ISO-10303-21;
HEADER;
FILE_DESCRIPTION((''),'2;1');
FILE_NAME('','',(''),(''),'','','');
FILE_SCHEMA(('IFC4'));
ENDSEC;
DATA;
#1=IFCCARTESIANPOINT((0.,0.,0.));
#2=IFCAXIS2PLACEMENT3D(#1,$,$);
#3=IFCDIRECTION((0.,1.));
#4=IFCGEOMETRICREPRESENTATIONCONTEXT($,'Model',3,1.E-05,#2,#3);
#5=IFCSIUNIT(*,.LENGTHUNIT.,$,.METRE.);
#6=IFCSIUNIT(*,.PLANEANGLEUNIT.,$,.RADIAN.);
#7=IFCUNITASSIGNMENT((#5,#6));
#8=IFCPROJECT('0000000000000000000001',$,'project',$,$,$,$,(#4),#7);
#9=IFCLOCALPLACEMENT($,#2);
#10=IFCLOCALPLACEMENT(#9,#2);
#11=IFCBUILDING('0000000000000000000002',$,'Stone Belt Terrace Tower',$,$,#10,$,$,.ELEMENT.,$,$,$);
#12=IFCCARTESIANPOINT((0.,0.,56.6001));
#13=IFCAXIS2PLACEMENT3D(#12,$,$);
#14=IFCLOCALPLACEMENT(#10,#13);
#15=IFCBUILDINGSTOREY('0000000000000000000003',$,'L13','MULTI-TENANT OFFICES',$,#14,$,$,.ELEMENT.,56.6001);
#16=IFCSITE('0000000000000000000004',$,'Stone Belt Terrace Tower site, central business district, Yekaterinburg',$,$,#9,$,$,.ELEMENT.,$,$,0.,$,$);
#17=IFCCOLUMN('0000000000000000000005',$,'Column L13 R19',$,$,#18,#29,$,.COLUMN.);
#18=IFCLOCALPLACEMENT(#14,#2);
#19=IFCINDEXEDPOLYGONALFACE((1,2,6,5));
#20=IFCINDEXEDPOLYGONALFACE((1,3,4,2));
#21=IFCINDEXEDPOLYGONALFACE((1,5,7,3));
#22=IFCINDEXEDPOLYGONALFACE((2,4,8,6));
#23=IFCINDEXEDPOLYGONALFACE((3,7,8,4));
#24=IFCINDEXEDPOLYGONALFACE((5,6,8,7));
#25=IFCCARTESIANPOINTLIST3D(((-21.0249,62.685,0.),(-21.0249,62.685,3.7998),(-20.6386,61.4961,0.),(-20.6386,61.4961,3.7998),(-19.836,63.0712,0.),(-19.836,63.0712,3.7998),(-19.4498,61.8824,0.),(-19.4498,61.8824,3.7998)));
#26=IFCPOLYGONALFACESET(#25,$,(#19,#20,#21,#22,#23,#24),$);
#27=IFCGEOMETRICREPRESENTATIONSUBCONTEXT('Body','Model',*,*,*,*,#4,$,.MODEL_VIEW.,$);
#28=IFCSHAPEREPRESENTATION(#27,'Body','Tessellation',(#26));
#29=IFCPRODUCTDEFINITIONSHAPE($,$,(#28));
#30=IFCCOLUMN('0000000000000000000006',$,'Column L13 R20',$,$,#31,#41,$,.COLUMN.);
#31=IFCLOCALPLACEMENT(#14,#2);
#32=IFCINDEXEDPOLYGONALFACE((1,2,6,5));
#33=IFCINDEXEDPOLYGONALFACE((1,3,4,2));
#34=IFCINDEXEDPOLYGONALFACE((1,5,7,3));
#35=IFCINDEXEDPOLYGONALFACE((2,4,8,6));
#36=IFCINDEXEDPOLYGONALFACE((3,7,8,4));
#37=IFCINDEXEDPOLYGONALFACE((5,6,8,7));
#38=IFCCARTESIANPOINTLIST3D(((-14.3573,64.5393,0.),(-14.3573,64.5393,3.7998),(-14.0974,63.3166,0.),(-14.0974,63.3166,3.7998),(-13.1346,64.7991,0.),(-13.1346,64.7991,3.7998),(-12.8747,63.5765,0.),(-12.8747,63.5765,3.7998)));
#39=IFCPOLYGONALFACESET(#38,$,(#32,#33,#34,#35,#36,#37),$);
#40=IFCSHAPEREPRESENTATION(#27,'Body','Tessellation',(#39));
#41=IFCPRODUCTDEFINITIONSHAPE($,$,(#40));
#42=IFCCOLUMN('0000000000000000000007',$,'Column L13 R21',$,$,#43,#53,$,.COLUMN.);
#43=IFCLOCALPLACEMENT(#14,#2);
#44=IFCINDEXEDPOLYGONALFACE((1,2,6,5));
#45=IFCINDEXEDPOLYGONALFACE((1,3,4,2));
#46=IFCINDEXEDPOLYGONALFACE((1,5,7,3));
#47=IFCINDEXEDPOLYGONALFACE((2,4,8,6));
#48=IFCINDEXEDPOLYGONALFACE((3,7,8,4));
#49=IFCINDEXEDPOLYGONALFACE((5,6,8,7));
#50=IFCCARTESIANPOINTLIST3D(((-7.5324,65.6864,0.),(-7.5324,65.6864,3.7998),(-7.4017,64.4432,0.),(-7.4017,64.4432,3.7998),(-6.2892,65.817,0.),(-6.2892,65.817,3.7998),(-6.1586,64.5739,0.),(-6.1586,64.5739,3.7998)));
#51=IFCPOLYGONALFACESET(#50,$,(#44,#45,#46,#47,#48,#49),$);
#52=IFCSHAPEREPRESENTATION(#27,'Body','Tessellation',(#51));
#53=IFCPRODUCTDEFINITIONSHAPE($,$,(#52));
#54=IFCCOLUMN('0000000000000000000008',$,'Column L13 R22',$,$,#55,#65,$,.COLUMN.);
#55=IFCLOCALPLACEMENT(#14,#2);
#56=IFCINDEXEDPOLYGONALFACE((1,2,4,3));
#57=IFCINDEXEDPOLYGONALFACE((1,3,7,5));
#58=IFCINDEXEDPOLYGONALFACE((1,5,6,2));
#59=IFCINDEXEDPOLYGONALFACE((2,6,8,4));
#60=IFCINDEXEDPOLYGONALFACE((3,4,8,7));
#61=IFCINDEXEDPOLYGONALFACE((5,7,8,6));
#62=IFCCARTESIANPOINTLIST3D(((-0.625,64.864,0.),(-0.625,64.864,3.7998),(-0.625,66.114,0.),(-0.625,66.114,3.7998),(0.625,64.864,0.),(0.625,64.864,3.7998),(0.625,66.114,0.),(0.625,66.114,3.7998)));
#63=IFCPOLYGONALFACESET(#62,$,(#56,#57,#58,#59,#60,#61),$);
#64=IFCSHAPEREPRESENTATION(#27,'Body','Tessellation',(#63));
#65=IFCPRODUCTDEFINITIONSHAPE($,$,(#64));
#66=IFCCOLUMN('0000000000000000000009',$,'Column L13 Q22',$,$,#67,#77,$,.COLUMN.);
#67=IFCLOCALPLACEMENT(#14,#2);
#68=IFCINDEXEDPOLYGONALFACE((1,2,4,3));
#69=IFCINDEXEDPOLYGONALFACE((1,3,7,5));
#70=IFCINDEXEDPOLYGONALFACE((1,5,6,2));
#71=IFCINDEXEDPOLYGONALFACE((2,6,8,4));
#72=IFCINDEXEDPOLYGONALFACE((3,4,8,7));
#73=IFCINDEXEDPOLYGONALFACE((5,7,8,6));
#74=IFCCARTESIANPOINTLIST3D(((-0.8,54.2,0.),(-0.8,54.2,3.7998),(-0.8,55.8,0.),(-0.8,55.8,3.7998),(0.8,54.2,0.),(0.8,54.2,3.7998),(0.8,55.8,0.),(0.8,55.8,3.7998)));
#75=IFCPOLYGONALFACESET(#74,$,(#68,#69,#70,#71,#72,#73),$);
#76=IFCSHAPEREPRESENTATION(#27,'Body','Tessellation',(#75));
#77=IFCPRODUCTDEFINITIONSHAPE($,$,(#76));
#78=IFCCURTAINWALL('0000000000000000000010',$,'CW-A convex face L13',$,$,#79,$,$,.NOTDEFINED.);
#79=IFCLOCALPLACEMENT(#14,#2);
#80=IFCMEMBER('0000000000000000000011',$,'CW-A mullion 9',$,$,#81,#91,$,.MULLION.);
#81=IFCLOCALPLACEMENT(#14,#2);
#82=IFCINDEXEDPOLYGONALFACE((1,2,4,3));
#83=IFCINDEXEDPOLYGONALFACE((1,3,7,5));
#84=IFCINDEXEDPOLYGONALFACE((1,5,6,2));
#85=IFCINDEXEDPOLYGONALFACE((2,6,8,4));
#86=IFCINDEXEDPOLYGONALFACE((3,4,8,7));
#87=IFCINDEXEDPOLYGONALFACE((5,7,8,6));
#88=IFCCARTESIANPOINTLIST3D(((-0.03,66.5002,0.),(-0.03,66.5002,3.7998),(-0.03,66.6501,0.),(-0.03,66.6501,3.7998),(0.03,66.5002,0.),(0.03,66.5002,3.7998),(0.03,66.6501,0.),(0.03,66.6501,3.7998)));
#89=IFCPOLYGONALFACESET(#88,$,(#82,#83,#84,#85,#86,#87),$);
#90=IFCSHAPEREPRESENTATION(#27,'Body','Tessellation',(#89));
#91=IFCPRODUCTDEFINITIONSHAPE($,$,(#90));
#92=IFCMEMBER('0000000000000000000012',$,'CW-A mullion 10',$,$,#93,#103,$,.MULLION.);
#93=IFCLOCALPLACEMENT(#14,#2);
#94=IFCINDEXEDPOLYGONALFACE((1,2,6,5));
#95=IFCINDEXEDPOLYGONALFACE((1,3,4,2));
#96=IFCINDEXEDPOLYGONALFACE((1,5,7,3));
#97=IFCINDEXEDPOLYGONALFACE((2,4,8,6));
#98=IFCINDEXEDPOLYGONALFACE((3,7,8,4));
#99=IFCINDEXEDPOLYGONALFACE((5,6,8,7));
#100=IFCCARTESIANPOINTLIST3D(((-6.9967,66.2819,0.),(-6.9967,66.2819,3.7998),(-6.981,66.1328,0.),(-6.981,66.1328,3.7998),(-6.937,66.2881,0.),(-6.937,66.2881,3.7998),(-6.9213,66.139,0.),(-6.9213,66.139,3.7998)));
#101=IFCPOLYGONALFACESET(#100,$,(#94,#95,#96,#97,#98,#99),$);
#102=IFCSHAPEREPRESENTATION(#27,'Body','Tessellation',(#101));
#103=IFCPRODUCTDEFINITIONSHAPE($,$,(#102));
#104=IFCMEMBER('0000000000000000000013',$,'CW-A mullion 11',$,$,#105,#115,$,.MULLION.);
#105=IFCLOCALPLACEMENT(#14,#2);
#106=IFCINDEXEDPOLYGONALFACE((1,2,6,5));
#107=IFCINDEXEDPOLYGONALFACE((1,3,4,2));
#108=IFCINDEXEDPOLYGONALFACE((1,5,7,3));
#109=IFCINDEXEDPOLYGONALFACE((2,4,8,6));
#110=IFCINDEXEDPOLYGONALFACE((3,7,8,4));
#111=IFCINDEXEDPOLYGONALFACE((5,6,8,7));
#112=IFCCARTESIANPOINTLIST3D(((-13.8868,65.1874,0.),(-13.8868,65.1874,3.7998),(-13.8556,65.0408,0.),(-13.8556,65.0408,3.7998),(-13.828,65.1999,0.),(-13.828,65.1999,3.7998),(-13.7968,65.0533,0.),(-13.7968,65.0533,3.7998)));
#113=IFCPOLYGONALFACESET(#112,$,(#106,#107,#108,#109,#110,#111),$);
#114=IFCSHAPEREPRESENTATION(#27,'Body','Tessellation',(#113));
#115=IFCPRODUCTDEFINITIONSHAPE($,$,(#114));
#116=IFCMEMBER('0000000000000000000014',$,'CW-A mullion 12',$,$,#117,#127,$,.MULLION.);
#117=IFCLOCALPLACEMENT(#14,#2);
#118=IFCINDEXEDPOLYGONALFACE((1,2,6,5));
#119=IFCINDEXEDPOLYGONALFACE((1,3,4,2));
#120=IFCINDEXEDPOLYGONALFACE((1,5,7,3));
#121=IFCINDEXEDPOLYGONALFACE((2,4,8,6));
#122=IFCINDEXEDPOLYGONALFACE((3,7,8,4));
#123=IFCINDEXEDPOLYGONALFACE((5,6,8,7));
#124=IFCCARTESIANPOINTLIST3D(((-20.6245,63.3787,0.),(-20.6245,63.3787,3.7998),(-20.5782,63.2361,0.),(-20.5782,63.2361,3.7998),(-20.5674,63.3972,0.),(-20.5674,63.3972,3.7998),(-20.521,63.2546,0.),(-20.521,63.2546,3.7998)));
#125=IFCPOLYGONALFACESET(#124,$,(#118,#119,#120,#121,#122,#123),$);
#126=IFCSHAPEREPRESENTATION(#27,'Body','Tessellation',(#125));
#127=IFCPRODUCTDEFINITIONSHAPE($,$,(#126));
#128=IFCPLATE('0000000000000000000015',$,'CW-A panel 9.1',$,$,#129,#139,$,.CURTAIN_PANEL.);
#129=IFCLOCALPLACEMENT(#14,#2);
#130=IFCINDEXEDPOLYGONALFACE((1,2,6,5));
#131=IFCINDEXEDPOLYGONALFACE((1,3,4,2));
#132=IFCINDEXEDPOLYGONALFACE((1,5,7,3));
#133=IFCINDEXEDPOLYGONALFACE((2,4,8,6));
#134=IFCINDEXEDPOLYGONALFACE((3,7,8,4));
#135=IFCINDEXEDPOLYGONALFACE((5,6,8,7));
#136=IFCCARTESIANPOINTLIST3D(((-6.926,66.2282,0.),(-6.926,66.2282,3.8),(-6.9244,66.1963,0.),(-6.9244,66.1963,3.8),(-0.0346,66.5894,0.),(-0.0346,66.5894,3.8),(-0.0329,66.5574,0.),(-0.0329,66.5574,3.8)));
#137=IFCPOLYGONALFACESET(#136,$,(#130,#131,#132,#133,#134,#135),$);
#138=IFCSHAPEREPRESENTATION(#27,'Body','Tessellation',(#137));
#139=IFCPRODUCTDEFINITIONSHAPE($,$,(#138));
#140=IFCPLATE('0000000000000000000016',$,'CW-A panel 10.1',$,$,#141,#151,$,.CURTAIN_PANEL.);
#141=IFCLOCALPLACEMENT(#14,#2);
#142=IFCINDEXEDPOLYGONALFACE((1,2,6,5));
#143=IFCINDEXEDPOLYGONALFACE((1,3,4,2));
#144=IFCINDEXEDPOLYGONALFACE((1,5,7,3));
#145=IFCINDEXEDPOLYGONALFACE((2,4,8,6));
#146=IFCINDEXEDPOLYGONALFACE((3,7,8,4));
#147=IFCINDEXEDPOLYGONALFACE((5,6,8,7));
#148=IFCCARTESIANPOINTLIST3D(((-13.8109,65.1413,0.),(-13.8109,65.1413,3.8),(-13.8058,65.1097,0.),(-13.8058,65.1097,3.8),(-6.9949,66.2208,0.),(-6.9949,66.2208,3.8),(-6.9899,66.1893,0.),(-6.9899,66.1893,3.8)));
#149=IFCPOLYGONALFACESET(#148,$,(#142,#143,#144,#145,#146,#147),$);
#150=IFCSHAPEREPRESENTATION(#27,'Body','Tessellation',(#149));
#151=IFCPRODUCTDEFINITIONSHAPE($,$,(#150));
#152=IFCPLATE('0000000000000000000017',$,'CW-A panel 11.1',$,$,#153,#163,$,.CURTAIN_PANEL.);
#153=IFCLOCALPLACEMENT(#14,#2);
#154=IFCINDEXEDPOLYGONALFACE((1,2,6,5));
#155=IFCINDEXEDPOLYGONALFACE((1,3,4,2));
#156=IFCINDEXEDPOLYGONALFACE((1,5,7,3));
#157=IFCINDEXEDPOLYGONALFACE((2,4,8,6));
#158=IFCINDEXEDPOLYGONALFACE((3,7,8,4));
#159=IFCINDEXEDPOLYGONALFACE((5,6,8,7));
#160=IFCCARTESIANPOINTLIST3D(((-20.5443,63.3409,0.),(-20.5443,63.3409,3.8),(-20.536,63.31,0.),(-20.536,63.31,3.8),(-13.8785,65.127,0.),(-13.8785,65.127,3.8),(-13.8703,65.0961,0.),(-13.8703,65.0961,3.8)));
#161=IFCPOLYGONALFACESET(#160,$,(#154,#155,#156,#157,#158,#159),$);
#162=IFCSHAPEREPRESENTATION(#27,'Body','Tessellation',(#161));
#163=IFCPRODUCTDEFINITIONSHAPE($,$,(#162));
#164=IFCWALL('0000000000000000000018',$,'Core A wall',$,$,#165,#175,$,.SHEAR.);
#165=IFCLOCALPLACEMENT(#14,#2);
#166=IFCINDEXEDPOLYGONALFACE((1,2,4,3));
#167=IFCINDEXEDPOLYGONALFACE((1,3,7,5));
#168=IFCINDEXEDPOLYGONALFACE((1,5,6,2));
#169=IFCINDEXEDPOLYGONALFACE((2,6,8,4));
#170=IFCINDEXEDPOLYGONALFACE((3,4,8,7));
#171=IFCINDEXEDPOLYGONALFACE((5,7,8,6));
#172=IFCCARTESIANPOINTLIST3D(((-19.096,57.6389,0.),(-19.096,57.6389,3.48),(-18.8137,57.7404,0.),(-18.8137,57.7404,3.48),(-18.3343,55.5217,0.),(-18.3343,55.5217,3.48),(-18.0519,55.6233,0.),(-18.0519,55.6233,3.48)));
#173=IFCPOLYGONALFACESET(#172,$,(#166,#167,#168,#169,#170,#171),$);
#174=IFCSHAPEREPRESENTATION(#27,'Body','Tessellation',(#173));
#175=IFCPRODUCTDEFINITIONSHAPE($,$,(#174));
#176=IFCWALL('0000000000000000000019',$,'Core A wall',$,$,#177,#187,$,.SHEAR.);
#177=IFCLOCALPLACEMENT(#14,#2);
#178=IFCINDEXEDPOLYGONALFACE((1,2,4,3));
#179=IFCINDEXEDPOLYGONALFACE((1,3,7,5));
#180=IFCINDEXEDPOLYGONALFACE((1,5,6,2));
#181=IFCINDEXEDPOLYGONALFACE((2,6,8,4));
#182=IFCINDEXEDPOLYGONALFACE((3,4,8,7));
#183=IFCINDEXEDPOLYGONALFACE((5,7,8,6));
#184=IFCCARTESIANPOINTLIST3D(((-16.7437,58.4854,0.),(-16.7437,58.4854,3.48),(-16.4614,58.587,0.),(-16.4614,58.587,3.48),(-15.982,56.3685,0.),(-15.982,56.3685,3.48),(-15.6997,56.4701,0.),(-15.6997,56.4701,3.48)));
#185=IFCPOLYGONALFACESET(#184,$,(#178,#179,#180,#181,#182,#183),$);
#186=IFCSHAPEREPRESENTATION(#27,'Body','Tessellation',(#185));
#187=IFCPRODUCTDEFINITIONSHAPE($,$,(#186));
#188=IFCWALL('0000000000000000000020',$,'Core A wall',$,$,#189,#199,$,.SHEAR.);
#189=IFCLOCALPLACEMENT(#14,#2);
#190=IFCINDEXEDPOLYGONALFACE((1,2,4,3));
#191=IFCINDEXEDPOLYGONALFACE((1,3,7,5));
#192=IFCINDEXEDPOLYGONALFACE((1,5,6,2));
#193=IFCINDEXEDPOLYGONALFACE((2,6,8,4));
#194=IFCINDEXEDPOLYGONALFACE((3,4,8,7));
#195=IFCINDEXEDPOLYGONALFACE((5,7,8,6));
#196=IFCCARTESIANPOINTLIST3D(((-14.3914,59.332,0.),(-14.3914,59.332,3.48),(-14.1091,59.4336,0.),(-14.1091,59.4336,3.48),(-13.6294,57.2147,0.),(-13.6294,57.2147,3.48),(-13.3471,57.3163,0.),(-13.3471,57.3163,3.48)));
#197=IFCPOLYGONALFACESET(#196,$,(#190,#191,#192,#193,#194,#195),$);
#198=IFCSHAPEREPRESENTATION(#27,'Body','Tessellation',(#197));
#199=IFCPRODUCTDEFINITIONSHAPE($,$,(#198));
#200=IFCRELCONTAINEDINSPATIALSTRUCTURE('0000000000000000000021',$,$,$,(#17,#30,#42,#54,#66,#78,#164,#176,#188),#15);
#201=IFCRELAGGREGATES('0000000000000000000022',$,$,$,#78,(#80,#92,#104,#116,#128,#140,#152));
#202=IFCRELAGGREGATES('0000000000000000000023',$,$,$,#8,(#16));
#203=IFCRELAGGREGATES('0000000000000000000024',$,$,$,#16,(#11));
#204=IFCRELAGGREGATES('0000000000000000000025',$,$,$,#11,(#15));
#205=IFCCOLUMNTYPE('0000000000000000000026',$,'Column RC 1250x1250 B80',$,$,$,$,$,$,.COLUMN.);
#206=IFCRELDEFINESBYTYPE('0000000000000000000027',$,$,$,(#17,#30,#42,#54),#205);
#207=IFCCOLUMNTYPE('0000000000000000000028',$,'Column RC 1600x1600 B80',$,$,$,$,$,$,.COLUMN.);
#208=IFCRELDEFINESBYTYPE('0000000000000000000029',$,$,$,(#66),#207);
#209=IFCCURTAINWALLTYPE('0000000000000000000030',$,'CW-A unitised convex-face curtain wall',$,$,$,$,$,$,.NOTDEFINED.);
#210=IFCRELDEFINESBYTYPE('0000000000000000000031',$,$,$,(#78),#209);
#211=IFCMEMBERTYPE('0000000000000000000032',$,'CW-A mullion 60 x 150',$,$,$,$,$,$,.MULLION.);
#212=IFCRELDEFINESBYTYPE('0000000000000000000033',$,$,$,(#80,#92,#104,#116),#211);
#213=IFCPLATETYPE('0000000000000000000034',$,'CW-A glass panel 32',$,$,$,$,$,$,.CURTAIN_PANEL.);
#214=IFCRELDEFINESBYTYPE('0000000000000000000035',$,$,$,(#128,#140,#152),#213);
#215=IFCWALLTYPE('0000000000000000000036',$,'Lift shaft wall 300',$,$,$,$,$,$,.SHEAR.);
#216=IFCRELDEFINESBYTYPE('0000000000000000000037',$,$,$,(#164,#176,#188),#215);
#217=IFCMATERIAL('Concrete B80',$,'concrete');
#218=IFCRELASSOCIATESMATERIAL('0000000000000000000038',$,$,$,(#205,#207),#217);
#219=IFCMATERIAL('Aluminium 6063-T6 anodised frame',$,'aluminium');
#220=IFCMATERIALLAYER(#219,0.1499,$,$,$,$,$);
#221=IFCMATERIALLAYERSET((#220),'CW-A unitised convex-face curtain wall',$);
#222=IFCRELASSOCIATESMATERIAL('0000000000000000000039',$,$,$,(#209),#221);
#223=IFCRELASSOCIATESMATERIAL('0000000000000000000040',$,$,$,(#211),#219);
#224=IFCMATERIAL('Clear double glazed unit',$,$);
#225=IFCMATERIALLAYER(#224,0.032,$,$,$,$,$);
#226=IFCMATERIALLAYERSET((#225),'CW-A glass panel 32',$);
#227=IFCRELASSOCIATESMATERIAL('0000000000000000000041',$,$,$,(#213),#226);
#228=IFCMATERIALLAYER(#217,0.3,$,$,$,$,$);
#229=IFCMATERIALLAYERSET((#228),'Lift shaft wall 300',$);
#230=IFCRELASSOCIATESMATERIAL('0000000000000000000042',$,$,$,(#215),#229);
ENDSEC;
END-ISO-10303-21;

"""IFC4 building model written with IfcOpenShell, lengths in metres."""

from ifc_helpers import new_model, si_unit, direction, frame, frame_2d, origin, origin_2d, place, context, subcontext, project, spatial, rectangle, extrude, material, layer, layer_set, material_profile, profile_set, type_object, element, aggregate, save


model = new_model("IFC4")

# Units and contexts
model_context = context("Model", 3, precision=1e-05, world=origin(), true_north=direction((0.0, 1.0)))
body_context = subcontext(model_context, "Body", "Model", "MODEL_VIEW")
ifc_project = project(units=[si_unit("LENGTHUNIT", "METRE"), si_unit("PLANEANGLEUNIT", "RADIAN")], contexts=[model_context])

# Site, building, storey
site_placement = place(None, origin())
site = spatial("IfcSite", under=ifc_project, at=site_placement, Name="Stone Belt Terrace Tower site, central business district, Yekaterinburg", CompositionType="ELEMENT", RefElevation=0.0)
building_placement = place(site_placement, origin())
building = spatial("IfcBuilding", under=site, at=building_placement, Name="Stone Belt Terrace Tower", CompositionType="ELEMENT")
storey_placement = place(building_placement, frame((0.0, 0.0, 56.6001)))
storey = spatial("IfcBuildingStorey", under=building, at=storey_placement, Name="L13", Description="MULTI-TENANT OFFICES", CompositionType="ELEMENT", Elevation=56.6001)

# Columns
ifc_material_1 = material(Name="Concrete B80", Category="concrete")
ifc_material_profile_1 = material_profile(ifc_material_1, rectangle(XDim=1.25, YDim=1.25, at=origin_2d()), Name="RC 1250x1250")
ifc_profile_set_1 = profile_set([ifc_material_profile_1], Name="Concrete B80")
column_type_1 = type_object("IfcColumnType", Name="Column RC 1250x1250 B80", PredefinedType="COLUMN", material=ifc_profile_set_1)
for number, where, z_axis, x_axis, name in (
    (1, (-20.2373, 62.2837, 0.0), (0.0, 0.0, 1.0), (0.951057, 0.309017, 0.0), "Column L13 R19"),
    (2, (-13.616, 64.0579, 0.0), (0.0, 0.0, 1.0), (0.978148, 0.207912, 0.0), "Column L13 R20"),
    (3, (-6.8455, 65.1301, 0.0), (0.0, 0.0, 1.0), (0.994522, 0.104528, 0.0), "Column L13 R21"),
    (4, (0.0, 65.489, 0.0), (0.0, 0.0, 1.0), (1.0, 0.0, 0.0), "Column L13 R22"),
):
    element("IfcColumn", number, at=place(storey_placement, frame(where, z_axis=z_axis, x_axis=x_axis)), inside=storey, type_object=column_type_1, Name=name, PredefinedType="COLUMN", context=body_context, shape_type="SweptSolid", body=[
        extrude(rectangle(XDim=1.25, YDim=1.25, at=origin_2d()), origin(), (0.0, 0.0, 1.0), 3.7998),
    ])
ifc_material_profile_2 = material_profile(ifc_material_1, rectangle(XDim=1.6001, YDim=1.6001, at=origin_2d()), Name="RC 1600x1600")
ifc_profile_set_2 = profile_set([ifc_material_profile_2], Name="Concrete B80")
column_type_2 = type_object("IfcColumnType", Name="Column RC 1600x1600 B80", PredefinedType="COLUMN", material=ifc_profile_set_2)
column_placement = place(storey_placement, frame((0.0, 55.0, 0.0), z_axis=(0.0, 0.0, 1.0), x_axis=(1.0, 0.0, 0.0)))
element("IfcColumn", 5, at=column_placement, inside=storey, type_object=column_type_2, Name="Column L13 Q22", PredefinedType="COLUMN", context=body_context, shape_type="SweptSolid", body=[
    extrude(rectangle(XDim=1.6001, YDim=1.6001, at=origin_2d()), origin(), (0.0, 0.0, 1.0), 3.7998),
])

# Curtain wall, members, plates
ifc_material_2 = material(Name="Aluminium 6063-T6 anodised frame", Category="aluminium")
ifc_layer_1 = layer(ifc_material_2, 0.1499)
ifc_layer_set_1 = layer_set([ifc_layer_1], Name="CW-A unitised convex-face curtain wall")
curtain_wall_type = type_object("IfcCurtainWallType", Name="CW-A unitised convex-face curtain wall", PredefinedType="NOTDEFINED", material=ifc_layer_set_1)
curtain_wall_placement = place(storey_placement, origin())
curtain_wall = element("IfcCurtainWall", 6, at=curtain_wall_placement, inside=storey, type_object=curtain_wall_type, Name="CW-A convex face L13", PredefinedType="NOTDEFINED")
ifc_material_profile_3 = material_profile(ifc_material_2, rectangle(XDim=0.1499, YDim=0.0601, at=origin_2d()), Name="Aluminium 6063-T6 60x150")
ifc_profile_set_3 = profile_set([ifc_material_profile_3], Name="Aluminium 6063-T6 anodised frame")
member_type = type_object("IfcMemberType", Name="CW-A mullion 60 x 150", PredefinedType="MULLION", material=ifc_profile_set_3)
member_1_placement = place(storey_placement, frame((0.0, 66.5752, 0.0), z_axis=(0.0, 0.0, 1.0), x_axis=(0.0, -1.0, 0.0)))
member_1 = element("IfcMember", 7, at=member_1_placement, type_object=member_type, Name="CW-A mullion 9", PredefinedType="MULLION", context=body_context, shape_type="SweptSolid", body=[
    extrude(rectangle(XDim=0.1499, YDim=0.0601, at=origin_2d()), origin(), (0.0, 0.0, 1.0), 3.7998),
])
member_2_placement = place(storey_placement, frame((-6.959, 66.2104, 0.0), z_axis=(0.0, 0.0, 1.0), x_axis=(0.104528, -0.994522, 0.0)))
member_2 = element("IfcMember", 8, at=member_2_placement, type_object=member_type, Name="CW-A mullion 10", PredefinedType="MULLION", context=body_context, shape_type="SweptSolid", body=[
    extrude(rectangle(XDim=0.1499, YDim=0.0601, at=origin_2d()), origin(), (0.0, 0.0, 1.0), 3.7998),
])
member_3_placement = place(storey_placement, frame((-13.8418, 65.1204, 0.0), z_axis=(0.0, 0.0, 1.0), x_axis=(0.207912, -0.978148, 0.0)))
member_3 = element("IfcMember", 9, at=member_3_placement, type_object=member_type, Name="CW-A mullion 11", PredefinedType="MULLION", context=body_context, shape_type="SweptSolid", body=[
    extrude(rectangle(XDim=0.1499, YDim=0.0601, at=origin_2d()), origin(), (0.0, 0.0, 1.0), 3.7998),
])
member_4_placement = place(storey_placement, frame((-20.5728, 63.3167, 0.0), z_axis=(0.0, 0.0, 1.0), x_axis=(0.309017, -0.951057, 0.0)))
member_4 = element("IfcMember", 10, at=member_4_placement, type_object=member_type, Name="CW-A mullion 12", PredefinedType="MULLION", context=body_context, shape_type="SweptSolid", body=[
    extrude(rectangle(XDim=0.1499, YDim=0.0601, at=origin_2d()), origin(), (0.0, 0.0, 1.0), 3.7998),
])
ifc_material_3 = material(Name="Clear double glazed unit")
ifc_layer_2 = layer(ifc_material_3, 0.032)
ifc_layer_set_2 = layer_set([ifc_layer_2], Name="CW-A glass panel 32")
plate_type = type_object("IfcPlateType", Name="CW-A glass panel 32", PredefinedType="CURTAIN_PANEL", material=ifc_layer_set_2)
plate_1_placement = place(storey_placement, frame((-3.4795, 66.3928, 0.0), z_axis=(0.0, 0.0, 1.0), x_axis=(-0.99863, -0.052336, 0.0)))
plate_1 = element("IfcPlate", 11, at=plate_1_placement, type_object=plate_type, Name="CW-A panel 9.1", PredefinedType="CURTAIN_PANEL", context=body_context, shape_type="SweptSolid", body=[
    extrude(rectangle(XDim=6.9009, YDim=0.032, at=origin_2d()), origin(), (0.0, 0.0, 1.0), 3.8),
])
plate_2_placement = place(storey_placement, frame((-10.4004, 65.6653, 0.0), z_axis=(0.0, 0.0, 1.0), x_axis=(-0.987688, -0.156434, 0.0)))
plate_2 = element("IfcPlate", 12, at=plate_2_placement, type_object=plate_type, Name="CW-A panel 10.1", PredefinedType="CURTAIN_PANEL", context=body_context, shape_type="SweptSolid", body=[
    extrude(rectangle(XDim=6.9009, YDim=0.032, at=origin_2d()), origin(), (0.0, 0.0, 1.0), 3.8),
])
plate_3_placement = place(storey_placement, frame((-17.2073, 64.2185, 0.0), z_axis=(0.0, 0.0, 1.0), x_axis=(-0.965926, -0.258819, 0.0)))
plate_3 = element("IfcPlate", 13, at=plate_3_placement, type_object=plate_type, Name="CW-A panel 11.1", PredefinedType="CURTAIN_PANEL", context=body_context, shape_type="SweptSolid", body=[
    extrude(rectangle(XDim=6.9009, YDim=0.032, at=origin_2d()), origin(), (0.0, 0.0, 1.0), 3.8),
])
aggregate(curtain_wall, [member_1, member_2, member_3, member_4, plate_1, plate_2, plate_3])

# Walls
ifc_layer_3 = layer(ifc_material_1, 0.3)
ifc_layer_set_3 = layer_set([ifc_layer_3], Name="Lift shaft wall 300")
wall_type_1 = type_object("IfcWallType", Name="Lift shaft wall 300", PredefinedType="SHEAR", material=ifc_layer_set_3)
wall_1_placement = place(storey_placement, frame((-18.1931, 55.5725, 0.0), z_axis=(0.0, 0.0, 1.0), x_axis=(-0.338535, 0.940954, 0.0)))
element("IfcWall", 14, at=wall_1_placement, inside=storey, type_object=wall_type_1, Name="Core A wall", PredefinedType="SHEAR", context=body_context, shape_type="SweptSolid", body=[
    extrude(rectangle(XDim=2.25, YDim=0.3, at=frame_2d((1.125, 0.0))), origin(), (0.0, 0.0, 1.0), 3.48),
])
wall_2_placement = place(storey_placement, frame((-15.8408, 56.4192, 0.0), z_axis=(0.0, 0.0, 1.0), x_axis=(-0.33857, 0.940941, 0.0)))
element("IfcWall", 15, at=wall_2_placement, inside=storey, type_object=wall_type_1, Name="Core A wall", PredefinedType="SHEAR", context=body_context, shape_type="SweptSolid", body=[
    extrude(rectangle(XDim=2.2498, YDim=0.3, at=frame_2d((1.125, 0.0))), origin(), (0.0, 0.0, 1.0), 3.48),
])
wall_3_placement = place(storey_placement, frame((-13.4883, 57.2656, 0.0), z_axis=(0.0, 0.0, 1.0), x_axis=(-0.338631, 0.940919, 0.0)))
element("IfcWall", 16, at=wall_3_placement, inside=storey, type_object=wall_type_1, Name="Core A wall", PredefinedType="SHEAR", context=body_context, shape_type="SweptSolid", body=[
    extrude(rectangle(XDim=2.2502, YDim=0.3, at=frame_2d((1.125, 0.0))), origin(), (0.0, 0.0, 1.0), 3.48),
])

save(model, "model.ifc")
